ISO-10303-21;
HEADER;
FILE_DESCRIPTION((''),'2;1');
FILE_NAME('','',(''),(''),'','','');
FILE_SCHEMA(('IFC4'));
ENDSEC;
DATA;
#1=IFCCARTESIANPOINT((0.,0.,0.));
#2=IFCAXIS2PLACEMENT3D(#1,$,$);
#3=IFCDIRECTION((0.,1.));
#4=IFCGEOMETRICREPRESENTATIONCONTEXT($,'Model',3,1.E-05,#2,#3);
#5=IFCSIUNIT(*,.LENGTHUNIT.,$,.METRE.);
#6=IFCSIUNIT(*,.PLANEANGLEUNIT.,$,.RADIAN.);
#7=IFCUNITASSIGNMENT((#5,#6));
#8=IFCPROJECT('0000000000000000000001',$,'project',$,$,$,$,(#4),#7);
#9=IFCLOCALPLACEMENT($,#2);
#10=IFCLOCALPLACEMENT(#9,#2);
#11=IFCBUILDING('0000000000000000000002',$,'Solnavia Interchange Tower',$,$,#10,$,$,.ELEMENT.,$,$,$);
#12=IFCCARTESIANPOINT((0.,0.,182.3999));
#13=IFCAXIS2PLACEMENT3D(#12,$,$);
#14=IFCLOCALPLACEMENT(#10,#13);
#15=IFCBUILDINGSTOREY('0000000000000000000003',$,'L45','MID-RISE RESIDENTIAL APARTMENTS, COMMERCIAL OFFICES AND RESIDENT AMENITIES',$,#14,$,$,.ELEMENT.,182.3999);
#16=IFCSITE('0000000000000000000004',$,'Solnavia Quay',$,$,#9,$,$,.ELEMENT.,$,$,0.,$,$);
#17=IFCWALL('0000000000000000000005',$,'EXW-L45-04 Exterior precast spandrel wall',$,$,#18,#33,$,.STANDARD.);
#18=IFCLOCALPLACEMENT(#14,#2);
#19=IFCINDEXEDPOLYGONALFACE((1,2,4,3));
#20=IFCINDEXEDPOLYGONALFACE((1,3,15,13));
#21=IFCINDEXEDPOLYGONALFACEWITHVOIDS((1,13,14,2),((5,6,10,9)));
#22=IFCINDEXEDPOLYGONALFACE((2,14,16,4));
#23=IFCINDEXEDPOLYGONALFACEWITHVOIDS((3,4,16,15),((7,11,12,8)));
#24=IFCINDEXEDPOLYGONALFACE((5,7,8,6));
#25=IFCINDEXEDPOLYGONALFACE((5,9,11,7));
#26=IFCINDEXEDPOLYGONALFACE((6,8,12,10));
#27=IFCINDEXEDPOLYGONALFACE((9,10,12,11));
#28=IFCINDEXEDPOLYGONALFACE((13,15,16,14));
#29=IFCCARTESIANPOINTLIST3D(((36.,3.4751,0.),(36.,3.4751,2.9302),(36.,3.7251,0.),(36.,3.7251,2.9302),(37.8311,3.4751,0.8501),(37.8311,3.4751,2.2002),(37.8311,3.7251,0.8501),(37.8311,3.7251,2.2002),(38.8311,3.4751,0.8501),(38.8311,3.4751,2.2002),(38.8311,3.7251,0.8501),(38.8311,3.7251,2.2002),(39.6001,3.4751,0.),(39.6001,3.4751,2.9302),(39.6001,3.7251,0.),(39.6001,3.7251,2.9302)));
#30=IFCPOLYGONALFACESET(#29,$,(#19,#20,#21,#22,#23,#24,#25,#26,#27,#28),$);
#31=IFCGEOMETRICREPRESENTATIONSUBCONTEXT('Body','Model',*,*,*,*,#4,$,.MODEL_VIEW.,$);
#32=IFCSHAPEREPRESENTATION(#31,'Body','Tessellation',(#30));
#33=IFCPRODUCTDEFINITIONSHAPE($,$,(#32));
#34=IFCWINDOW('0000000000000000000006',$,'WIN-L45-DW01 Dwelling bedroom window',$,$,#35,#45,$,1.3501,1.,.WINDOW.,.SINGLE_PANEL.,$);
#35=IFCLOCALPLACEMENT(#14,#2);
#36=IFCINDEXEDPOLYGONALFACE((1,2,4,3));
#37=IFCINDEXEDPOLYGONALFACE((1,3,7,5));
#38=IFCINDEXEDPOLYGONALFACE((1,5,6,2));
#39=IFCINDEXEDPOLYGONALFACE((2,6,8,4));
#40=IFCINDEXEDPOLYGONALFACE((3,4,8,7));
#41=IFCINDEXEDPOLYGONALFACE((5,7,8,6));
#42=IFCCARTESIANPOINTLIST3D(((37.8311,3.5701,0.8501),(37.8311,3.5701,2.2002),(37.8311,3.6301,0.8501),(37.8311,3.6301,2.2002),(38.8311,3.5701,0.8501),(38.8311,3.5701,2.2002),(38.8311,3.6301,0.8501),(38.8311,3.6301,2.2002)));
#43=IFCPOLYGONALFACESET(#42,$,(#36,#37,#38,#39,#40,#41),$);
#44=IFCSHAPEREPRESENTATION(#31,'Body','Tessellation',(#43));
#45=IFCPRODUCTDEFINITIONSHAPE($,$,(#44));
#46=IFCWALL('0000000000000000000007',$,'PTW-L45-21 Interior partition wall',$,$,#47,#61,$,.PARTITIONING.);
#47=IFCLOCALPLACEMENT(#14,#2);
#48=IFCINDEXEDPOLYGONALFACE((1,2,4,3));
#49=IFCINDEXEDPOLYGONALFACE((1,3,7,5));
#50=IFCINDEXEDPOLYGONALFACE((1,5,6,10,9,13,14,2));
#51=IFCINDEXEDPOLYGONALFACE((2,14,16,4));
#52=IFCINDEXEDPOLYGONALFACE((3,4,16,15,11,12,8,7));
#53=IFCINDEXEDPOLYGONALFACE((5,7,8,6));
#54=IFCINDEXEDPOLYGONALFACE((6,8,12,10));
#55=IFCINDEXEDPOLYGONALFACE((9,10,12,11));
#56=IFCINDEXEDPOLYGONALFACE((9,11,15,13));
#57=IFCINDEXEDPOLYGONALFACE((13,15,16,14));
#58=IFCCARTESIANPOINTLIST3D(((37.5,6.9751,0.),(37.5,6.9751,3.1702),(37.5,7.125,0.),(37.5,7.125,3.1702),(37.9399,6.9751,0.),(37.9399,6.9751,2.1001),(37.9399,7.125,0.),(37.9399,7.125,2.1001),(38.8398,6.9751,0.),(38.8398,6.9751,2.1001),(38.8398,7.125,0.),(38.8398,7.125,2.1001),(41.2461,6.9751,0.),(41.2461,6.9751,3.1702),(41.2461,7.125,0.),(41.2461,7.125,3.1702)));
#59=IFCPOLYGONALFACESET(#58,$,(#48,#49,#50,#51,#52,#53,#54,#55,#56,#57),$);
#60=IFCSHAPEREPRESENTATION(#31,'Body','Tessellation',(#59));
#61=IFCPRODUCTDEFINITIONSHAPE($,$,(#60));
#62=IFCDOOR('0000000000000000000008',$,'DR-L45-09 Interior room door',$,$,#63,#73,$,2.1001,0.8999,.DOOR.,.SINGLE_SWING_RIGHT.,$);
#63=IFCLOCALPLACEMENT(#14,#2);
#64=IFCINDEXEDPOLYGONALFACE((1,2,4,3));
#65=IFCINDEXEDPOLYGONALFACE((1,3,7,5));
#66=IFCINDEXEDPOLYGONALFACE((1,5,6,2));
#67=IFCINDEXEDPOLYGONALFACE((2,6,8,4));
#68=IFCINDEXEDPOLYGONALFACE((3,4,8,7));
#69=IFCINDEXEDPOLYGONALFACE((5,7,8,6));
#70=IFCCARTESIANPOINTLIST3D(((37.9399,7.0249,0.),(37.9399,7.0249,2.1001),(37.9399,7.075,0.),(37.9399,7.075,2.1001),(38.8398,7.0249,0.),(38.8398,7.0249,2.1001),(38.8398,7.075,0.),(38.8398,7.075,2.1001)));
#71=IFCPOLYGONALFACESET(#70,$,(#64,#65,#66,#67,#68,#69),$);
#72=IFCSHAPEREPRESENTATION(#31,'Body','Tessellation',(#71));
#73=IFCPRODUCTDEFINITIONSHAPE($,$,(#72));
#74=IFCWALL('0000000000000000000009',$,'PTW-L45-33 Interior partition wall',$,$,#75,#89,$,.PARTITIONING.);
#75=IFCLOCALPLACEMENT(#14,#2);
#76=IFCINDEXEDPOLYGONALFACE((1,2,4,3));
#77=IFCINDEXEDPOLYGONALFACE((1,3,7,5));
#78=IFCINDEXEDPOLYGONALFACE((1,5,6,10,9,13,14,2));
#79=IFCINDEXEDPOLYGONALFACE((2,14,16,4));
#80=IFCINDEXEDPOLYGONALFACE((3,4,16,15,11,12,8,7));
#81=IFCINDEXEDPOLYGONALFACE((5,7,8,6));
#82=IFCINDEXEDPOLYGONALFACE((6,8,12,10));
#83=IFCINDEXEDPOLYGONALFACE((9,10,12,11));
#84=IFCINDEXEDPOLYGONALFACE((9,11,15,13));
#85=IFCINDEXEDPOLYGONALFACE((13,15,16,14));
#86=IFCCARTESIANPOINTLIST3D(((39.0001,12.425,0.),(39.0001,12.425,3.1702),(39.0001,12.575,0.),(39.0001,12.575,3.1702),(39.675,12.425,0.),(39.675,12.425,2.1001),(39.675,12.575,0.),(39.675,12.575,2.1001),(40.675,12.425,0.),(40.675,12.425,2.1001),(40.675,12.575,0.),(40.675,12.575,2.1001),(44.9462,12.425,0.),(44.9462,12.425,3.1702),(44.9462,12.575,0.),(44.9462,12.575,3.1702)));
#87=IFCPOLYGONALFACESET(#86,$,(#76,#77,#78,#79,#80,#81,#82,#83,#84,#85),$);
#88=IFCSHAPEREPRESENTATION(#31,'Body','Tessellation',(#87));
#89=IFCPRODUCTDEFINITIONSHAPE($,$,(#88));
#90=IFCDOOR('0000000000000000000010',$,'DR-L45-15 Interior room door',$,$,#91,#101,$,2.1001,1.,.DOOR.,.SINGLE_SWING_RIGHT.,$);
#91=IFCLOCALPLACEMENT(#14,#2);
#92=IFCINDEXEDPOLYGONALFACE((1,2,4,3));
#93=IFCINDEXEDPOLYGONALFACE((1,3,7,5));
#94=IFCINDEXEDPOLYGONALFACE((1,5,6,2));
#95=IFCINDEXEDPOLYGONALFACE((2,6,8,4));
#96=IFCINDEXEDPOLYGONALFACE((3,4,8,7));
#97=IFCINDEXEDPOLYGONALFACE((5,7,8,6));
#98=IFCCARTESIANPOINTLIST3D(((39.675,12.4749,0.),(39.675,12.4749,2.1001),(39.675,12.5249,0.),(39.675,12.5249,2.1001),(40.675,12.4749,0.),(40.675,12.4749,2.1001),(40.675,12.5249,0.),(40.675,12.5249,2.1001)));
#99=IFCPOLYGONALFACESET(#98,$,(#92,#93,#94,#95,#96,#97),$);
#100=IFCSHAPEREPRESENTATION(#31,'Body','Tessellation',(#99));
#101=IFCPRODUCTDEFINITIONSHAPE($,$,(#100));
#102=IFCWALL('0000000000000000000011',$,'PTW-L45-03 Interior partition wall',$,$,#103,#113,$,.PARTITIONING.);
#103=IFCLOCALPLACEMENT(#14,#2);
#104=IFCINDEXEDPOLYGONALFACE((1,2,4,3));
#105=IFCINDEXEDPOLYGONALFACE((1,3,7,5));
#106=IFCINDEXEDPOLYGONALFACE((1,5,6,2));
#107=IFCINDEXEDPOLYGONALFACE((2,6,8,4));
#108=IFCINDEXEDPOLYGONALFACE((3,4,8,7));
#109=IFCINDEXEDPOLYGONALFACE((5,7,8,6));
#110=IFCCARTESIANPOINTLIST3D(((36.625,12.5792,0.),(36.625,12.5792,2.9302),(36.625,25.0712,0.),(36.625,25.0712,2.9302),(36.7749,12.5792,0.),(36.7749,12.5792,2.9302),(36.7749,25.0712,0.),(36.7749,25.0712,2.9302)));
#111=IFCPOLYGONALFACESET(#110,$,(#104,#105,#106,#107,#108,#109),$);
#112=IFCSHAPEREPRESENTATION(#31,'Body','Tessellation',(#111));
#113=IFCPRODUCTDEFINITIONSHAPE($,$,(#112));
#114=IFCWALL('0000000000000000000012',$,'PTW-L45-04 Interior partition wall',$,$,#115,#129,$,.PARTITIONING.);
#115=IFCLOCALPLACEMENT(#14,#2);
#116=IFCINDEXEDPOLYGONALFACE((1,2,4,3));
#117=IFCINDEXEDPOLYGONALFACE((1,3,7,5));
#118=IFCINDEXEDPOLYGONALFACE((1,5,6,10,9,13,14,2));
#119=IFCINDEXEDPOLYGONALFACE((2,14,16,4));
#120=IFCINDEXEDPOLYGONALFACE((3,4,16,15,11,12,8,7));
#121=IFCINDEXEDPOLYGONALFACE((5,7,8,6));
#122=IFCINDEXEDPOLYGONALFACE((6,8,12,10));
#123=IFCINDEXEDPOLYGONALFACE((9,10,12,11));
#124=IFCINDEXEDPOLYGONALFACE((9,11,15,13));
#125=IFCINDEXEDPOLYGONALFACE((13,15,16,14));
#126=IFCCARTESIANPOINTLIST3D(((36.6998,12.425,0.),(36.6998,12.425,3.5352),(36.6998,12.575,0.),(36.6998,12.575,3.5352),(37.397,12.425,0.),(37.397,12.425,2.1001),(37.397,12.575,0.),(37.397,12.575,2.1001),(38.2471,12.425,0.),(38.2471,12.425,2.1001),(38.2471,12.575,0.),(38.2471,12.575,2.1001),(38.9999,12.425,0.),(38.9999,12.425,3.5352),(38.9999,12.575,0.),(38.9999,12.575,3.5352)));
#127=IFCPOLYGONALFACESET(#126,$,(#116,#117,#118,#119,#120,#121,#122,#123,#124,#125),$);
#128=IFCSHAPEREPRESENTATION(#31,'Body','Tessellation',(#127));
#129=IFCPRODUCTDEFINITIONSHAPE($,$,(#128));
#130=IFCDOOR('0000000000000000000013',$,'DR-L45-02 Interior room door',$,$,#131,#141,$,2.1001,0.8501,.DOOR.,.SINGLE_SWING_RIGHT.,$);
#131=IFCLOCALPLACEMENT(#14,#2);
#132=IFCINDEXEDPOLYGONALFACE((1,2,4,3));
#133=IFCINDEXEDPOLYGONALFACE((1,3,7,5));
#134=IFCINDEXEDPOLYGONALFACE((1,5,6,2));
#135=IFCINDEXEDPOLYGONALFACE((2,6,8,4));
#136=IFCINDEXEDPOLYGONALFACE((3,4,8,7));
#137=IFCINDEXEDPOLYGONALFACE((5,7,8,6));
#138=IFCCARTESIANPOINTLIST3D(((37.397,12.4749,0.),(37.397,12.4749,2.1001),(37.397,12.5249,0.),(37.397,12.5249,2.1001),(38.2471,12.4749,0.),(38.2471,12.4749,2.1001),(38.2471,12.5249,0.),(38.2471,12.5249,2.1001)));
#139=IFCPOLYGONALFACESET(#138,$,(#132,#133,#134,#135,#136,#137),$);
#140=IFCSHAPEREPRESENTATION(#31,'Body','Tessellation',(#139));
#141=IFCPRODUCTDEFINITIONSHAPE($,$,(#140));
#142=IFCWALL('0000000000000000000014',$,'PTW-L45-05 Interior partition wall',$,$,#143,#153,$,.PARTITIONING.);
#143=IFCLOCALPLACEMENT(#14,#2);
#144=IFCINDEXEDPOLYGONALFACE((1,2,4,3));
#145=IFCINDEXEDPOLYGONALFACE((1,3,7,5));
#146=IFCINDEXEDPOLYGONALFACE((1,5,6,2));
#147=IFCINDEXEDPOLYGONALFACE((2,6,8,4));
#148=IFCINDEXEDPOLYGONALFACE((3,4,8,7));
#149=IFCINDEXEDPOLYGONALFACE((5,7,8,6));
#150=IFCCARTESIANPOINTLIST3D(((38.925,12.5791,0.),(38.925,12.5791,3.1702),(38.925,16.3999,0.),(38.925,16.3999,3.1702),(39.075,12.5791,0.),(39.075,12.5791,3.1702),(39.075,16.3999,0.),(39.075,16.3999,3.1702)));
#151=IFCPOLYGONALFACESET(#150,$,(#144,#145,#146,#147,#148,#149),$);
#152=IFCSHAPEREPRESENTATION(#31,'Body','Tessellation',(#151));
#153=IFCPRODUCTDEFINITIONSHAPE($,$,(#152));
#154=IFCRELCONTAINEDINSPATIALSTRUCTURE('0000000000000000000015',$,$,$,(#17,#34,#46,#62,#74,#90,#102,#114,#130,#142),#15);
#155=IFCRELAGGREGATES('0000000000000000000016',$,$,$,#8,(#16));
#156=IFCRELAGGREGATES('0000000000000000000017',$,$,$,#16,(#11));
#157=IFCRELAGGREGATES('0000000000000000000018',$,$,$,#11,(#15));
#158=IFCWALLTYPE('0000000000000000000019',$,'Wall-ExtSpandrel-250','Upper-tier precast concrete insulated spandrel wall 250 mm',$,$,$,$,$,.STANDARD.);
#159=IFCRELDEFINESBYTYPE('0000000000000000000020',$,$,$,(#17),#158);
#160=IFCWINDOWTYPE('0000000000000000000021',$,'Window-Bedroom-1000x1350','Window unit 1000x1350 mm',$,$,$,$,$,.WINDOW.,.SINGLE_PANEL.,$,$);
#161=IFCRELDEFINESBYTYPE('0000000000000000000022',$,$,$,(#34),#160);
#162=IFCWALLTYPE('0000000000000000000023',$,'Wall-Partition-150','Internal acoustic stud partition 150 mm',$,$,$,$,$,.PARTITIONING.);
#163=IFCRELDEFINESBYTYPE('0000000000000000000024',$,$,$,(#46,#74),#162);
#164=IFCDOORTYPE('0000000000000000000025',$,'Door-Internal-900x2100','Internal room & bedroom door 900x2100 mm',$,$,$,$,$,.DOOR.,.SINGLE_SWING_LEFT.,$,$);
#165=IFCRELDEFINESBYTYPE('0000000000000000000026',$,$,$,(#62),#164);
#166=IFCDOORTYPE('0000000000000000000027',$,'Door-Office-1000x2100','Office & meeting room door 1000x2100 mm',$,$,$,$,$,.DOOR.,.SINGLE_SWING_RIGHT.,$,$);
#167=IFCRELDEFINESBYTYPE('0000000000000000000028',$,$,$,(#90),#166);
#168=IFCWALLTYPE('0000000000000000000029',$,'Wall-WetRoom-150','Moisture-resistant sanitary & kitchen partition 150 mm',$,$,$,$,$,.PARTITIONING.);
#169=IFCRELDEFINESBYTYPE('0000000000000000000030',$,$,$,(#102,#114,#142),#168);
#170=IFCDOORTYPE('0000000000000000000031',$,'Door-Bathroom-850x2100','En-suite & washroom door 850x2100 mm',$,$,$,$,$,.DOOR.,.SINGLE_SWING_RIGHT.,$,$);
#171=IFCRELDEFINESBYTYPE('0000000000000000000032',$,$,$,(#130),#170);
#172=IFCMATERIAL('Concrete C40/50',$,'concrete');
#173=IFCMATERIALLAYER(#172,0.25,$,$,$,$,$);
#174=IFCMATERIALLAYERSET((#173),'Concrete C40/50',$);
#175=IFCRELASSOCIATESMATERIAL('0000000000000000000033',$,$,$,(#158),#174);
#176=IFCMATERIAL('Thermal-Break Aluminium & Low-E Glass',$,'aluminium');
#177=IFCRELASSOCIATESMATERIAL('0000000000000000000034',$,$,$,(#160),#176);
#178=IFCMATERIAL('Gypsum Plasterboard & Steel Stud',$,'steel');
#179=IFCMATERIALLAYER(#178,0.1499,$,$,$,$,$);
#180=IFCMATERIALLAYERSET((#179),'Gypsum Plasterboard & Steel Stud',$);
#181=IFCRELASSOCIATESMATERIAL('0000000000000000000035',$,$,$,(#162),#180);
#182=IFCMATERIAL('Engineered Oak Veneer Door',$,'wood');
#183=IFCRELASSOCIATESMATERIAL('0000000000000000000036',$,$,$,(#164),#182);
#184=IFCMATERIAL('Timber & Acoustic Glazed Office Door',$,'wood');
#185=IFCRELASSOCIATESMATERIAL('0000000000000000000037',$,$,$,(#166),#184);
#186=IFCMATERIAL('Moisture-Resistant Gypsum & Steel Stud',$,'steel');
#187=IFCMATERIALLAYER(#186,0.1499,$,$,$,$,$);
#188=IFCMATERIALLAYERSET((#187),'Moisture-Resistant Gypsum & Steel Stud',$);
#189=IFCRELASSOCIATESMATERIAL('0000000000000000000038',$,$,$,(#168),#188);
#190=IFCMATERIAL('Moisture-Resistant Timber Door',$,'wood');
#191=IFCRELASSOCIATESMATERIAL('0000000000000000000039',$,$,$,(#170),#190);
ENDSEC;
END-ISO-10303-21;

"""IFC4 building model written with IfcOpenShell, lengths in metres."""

from ifc_helpers import new_model, si_unit, direction, frame, frame_2d, origin, place, context, subcontext, project, spatial, rectangle, extrude, material, layer, layer_set, type_object, element, fill, save


model = new_model("IFC4")

# Units and contexts
model_context = context("Model", 3, precision=1e-05, world=origin(), true_north=direction((0.0, 1.0)))
body_context = subcontext(model_context, "Body", "Model", "MODEL_VIEW")
ifc_project = project(units=[si_unit("LENGTHUNIT", "METRE"), si_unit("PLANEANGLEUNIT", "RADIAN")], contexts=[model_context])

# Site, building, storey
site_placement = place(None, origin())
site = spatial("IfcSite", under=ifc_project, at=site_placement, Name="Solnavia Quay", CompositionType="ELEMENT", RefElevation=0.0)
building_placement = place(site_placement, origin())
building = spatial("IfcBuilding", under=site, at=building_placement, Name="Solnavia Interchange Tower", CompositionType="ELEMENT")
storey_placement = place(building_placement, frame((0.0, 0.0, 182.3999)))
storey = spatial("IfcBuildingStorey", under=building, at=storey_placement, Name="L45", Description="MID-RISE RESIDENTIAL APARTMENTS, COMMERCIAL OFFICES AND RESIDENT AMENITIES", CompositionType="ELEMENT", Elevation=182.3999)

# Wall, opening, window
ifc_material_1 = material(Name="Concrete C40/50", Category="concrete")
ifc_layer_1 = layer(ifc_material_1, 0.25)
ifc_layer_set_1 = layer_set([ifc_layer_1], Name="Concrete C40/50")
wall_type_1 = type_object("IfcWallType", Name="Wall-ExtSpandrel-250", Description="Upper-tier precast concrete insulated spandrel wall 250 mm", PredefinedType="STANDARD", material=ifc_layer_set_1)
wall_1_placement = place(storey_placement, frame((39.6001, 3.6001, 0.0), z_axis=(0.0, 0.0, 1.0), x_axis=(-1.0, 0.0, 0.0)))
wall_1 = element("IfcWall", 1, at=wall_1_placement, inside=storey, type_object=wall_type_1, Name="EXW-L45-04 Exterior precast spandrel wall", PredefinedType="STANDARD", context=body_context, shape_type="SweptSolid", body=[
    extrude(rectangle(XDim=3.6001, YDim=0.25, at=frame_2d((1.8, 0.0))), origin(), (0.0, 0.0, 1.0), 2.9302),
])
opening_1_placement = place(wall_1_placement, frame((0.769, 0.0, 0.8501)))
opening_1 = element("IfcOpeningElement", 2, at=opening_1_placement, cuts=wall_1, PredefinedType="OPENING", context=body_context, shape_type="SweptSolid", body=[
    extrude(rectangle(XDim=1.0, YDim=1.3501, at=frame_2d((0.5, 0.675))), frame((0.0, 0.135, 0.0), z_axis=(0.0, -1.0, 0.0), x_axis=(1.0, 0.0, 0.0)), (0.0, 0.0, 1.0), 0.27),
])
ifc_material_2 = material(Name="Thermal-Break Aluminium & Low-E Glass", Category="aluminium")
window_type = type_object("IfcWindowType", Name="Window-Bedroom-1000x1350", Description="Window unit 1000x1350 mm", PartitioningType="SINGLE_PANEL", PredefinedType="WINDOW", material=ifc_material_2)
window_placement = place(opening_1_placement, origin())
window = element("IfcWindow", 3, at=window_placement, inside=storey, type_object=window_type, Name="WIN-L45-DW01 Dwelling bedroom window", OverallHeight=1.3501, OverallWidth=1.0, PartitioningType="SINGLE_PANEL", PredefinedType="WINDOW", context=body_context, shape_type="SweptSolid", body=[
    extrude(rectangle(XDim=1.0, YDim=1.3501, at=frame_2d((0.5, 0.675))), frame((0.0, 0.03, 0.0), z_axis=(0.0, -1.0, 0.0), x_axis=(1.0, 0.0, 0.0)), (0.0, 0.0, 1.0), 0.0601),
])
fill(opening_1, window)

# Walls, openings, doors
ifc_material_3 = material(Name="Gypsum Plasterboard & Steel Stud", Category="steel")
ifc_layer_2 = layer(ifc_material_3, 0.1499)
ifc_layer_set_2 = layer_set([ifc_layer_2], Name="Gypsum Plasterboard & Steel Stud")
wall_type_2 = type_object("IfcWallType", Name="Wall-Partition-150", Description="Internal acoustic stud partition 150 mm", PredefinedType="PARTITIONING", material=ifc_layer_set_2)
wall_2_placement = place(storey_placement, frame((37.5, 7.05, 0.0), z_axis=(0.0, 0.0, 1.0), x_axis=(1.0, 0.0, 0.0)))
wall_2 = element("IfcWall", 4, at=wall_2_placement, inside=storey, type_object=wall_type_2, Name="PTW-L45-21 Interior partition wall", PredefinedType="PARTITIONING", context=body_context, shape_type="SweptSolid", body=[
    extrude(rectangle(XDim=3.7461, YDim=0.1499, at=frame_2d((1.873, 0.0))), origin(), (0.0, 0.0, 1.0), 3.1702),
])
opening_2_placement = place(wall_2_placement, frame((0.4399, 0.0, 0.0)))
opening_2 = element("IfcOpeningElement", 5, at=opening_2_placement, cuts=wall_2, PredefinedType="OPENING", context=body_context, shape_type="SweptSolid", body=[
    extrude(rectangle(XDim=0.8999, YDim=2.1001, at=frame_2d((0.45, 1.05))), frame((0.0, 0.085, 0.0), z_axis=(0.0, -1.0, 0.0), x_axis=(1.0, 0.0, 0.0)), (0.0, 0.0, 1.0), 0.1699),
])
ifc_material_4 = material(Name="Engineered Oak Veneer Door", Category="wood")
door_type_1 = type_object("IfcDoorType", Name="Door-Internal-900x2100", Description="Internal room & bedroom door 900x2100 mm", OperationType="SINGLE_SWING_LEFT", PredefinedType="DOOR", material=ifc_material_4)
door_1_placement = place(opening_2_placement, origin())
door_1 = element("IfcDoor", 6, at=door_1_placement, inside=storey, type_object=door_type_1, Name="DR-L45-09 Interior room door", OperationType="SINGLE_SWING_RIGHT", OverallHeight=2.1001, OverallWidth=0.8999, PredefinedType="DOOR", context=body_context, shape_type="SweptSolid", body=[
    extrude(rectangle(XDim=0.8999, YDim=2.1001, at=frame_2d((0.45, 1.05))), frame((0.0, 0.0249, 0.0), z_axis=(0.0, -1.0, 0.0), x_axis=(1.0, 0.0, 0.0)), (0.0, 0.0, 1.0), 0.05),
])
fill(opening_2, door_1)
wall_3_placement = place(storey_placement, frame((39.0, 12.5, 0.0), z_axis=(0.0, 0.0, 1.0), x_axis=(1.0, 0.0, 0.0)))
wall_3 = element("IfcWall", 7, at=wall_3_placement, inside=storey, type_object=wall_type_2, Name="PTW-L45-33 Interior partition wall", PredefinedType="PARTITIONING", context=body_context, shape_type="SweptSolid", body=[
    extrude(rectangle(XDim=5.946, YDim=0.1499, at=frame_2d((2.9731, 0.0))), origin(), (0.0, 0.0, 1.0), 3.1702),
])
opening_3_placement = place(wall_3_placement, frame((0.675, 0.0, 0.0)))
opening_3 = element("IfcOpeningElement", 8, at=opening_3_placement, cuts=wall_3, PredefinedType="OPENING", context=body_context, shape_type="SweptSolid", body=[
    extrude(rectangle(XDim=1.0, YDim=2.1001, at=frame_2d((0.5, 1.05))), frame((0.0, 0.085, 0.0), z_axis=(0.0, -1.0, 0.0), x_axis=(1.0, 0.0, 0.0)), (0.0, 0.0, 1.0), 0.1699),
])
ifc_material_5 = material(Name="Timber & Acoustic Glazed Office Door", Category="wood")
door_type_2 = type_object("IfcDoorType", Name="Door-Office-1000x2100", Description="Office & meeting room door 1000x2100 mm", OperationType="SINGLE_SWING_RIGHT", PredefinedType="DOOR", material=ifc_material_5)
door_2_placement = place(opening_3_placement, origin())
door_2 = element("IfcDoor", 9, at=door_2_placement, inside=storey, type_object=door_type_2, Name="DR-L45-15 Interior room door", OperationType="SINGLE_SWING_RIGHT", OverallHeight=2.1001, OverallWidth=1.0, PredefinedType="DOOR", context=body_context, shape_type="SweptSolid", body=[
    extrude(rectangle(XDim=1.0, YDim=2.1001, at=frame_2d((0.5, 1.05))), frame((0.0, 0.0249, 0.0), z_axis=(0.0, -1.0, 0.0), x_axis=(1.0, 0.0, 0.0)), (0.0, 0.0, 1.0), 0.05),
])
fill(opening_3, door_2)

# Wall
ifc_material_6 = material(Name="Moisture-Resistant Gypsum & Steel Stud", Category="steel")
ifc_layer_3 = layer(ifc_material_6, 0.1499)
ifc_layer_set_3 = layer_set([ifc_layer_3], Name="Moisture-Resistant Gypsum & Steel Stud")
wall_type_3 = type_object("IfcWallType", Name="Wall-WetRoom-150", Description="Moisture-resistant sanitary & kitchen partition 150 mm", PredefinedType="PARTITIONING", material=ifc_layer_set_3)
wall_4_placement = place(storey_placement, frame((36.7, 12.5791, 0.0), z_axis=(0.0, 0.0, 1.0), x_axis=(0.0, 1.0, 0.0)))
element("IfcWall", 10, at=wall_4_placement, inside=storey, type_object=wall_type_3, Name="PTW-L45-03 Interior partition wall", PredefinedType="PARTITIONING", context=body_context, shape_type="SweptSolid", body=[
    extrude(rectangle(XDim=12.4919, YDim=0.1499, at=frame_2d((6.2461, 0.0))), origin(), (0.0, 0.0, 1.0), 2.9302),
])

# Wall, opening, door
wall_5_placement = place(storey_placement, frame((36.7, 12.5, 0.0), z_axis=(0.0, 0.0, 1.0), x_axis=(1.0, 0.0, 0.0)))
wall_5 = element("IfcWall", 11, at=wall_5_placement, inside=storey, type_object=wall_type_3, Name="PTW-L45-04 Interior partition wall", PredefinedType="PARTITIONING", context=body_context, shape_type="SweptSolid", body=[
    extrude(rectangle(XDim=2.3, YDim=0.1499, at=frame_2d((1.1499, 0.0))), origin(), (0.0, 0.0, 1.0), 3.5352),
])
opening_4_placement = place(wall_5_placement, frame((0.697, 0.0, 0.0)))
opening_4 = element("IfcOpeningElement", 12, at=opening_4_placement, cuts=wall_5, PredefinedType="OPENING", context=body_context, shape_type="SweptSolid", body=[
    extrude(rectangle(XDim=0.8501, YDim=2.1001, at=frame_2d((0.425, 1.05))), frame((0.0, 0.085, 0.0), z_axis=(0.0, -1.0, 0.0), x_axis=(1.0, 0.0, 0.0)), (0.0, 0.0, 1.0), 0.1699),
])
ifc_material_7 = material(Name="Moisture-Resistant Timber Door", Category="wood")
door_type_3 = type_object("IfcDoorType", Name="Door-Bathroom-850x2100", Description="En-suite & washroom door 850x2100 mm", OperationType="SINGLE_SWING_RIGHT", PredefinedType="DOOR", material=ifc_material_7)
door_3_placement = place(opening_4_placement, origin())
door_3 = element("IfcDoor", 13, at=door_3_placement, inside=storey, type_object=door_type_3, Name="DR-L45-02 Interior room door", OperationType="SINGLE_SWING_RIGHT", OverallHeight=2.1001, OverallWidth=0.8501, PredefinedType="DOOR", context=body_context, shape_type="SweptSolid", body=[
    extrude(rectangle(XDim=0.8501, YDim=2.1001, at=frame_2d((0.425, 1.05))), frame((0.0, 0.0249, 0.0), z_axis=(0.0, -1.0, 0.0), x_axis=(1.0, 0.0, 0.0)), (0.0, 0.0, 1.0), 0.05),
])
fill(opening_4, door_3)

# Wall
wall_6_placement = place(storey_placement, frame((39.0, 12.5791, 0.0), z_axis=(0.0, 0.0, 1.0), x_axis=(0.0, 1.0, 0.0)))
element("IfcWall", 14, at=wall_6_placement, inside=storey, type_object=wall_type_3, Name="PTW-L45-05 Interior partition wall", PredefinedType="PARTITIONING", context=body_context, shape_type="SweptSolid", body=[
    extrude(rectangle(XDim=3.8208, YDim=0.1499, at=frame_2d((1.9104, 0.0))), origin(), (0.0, 0.0, 1.0), 3.1702),
])

save(model, "model.ifc")
